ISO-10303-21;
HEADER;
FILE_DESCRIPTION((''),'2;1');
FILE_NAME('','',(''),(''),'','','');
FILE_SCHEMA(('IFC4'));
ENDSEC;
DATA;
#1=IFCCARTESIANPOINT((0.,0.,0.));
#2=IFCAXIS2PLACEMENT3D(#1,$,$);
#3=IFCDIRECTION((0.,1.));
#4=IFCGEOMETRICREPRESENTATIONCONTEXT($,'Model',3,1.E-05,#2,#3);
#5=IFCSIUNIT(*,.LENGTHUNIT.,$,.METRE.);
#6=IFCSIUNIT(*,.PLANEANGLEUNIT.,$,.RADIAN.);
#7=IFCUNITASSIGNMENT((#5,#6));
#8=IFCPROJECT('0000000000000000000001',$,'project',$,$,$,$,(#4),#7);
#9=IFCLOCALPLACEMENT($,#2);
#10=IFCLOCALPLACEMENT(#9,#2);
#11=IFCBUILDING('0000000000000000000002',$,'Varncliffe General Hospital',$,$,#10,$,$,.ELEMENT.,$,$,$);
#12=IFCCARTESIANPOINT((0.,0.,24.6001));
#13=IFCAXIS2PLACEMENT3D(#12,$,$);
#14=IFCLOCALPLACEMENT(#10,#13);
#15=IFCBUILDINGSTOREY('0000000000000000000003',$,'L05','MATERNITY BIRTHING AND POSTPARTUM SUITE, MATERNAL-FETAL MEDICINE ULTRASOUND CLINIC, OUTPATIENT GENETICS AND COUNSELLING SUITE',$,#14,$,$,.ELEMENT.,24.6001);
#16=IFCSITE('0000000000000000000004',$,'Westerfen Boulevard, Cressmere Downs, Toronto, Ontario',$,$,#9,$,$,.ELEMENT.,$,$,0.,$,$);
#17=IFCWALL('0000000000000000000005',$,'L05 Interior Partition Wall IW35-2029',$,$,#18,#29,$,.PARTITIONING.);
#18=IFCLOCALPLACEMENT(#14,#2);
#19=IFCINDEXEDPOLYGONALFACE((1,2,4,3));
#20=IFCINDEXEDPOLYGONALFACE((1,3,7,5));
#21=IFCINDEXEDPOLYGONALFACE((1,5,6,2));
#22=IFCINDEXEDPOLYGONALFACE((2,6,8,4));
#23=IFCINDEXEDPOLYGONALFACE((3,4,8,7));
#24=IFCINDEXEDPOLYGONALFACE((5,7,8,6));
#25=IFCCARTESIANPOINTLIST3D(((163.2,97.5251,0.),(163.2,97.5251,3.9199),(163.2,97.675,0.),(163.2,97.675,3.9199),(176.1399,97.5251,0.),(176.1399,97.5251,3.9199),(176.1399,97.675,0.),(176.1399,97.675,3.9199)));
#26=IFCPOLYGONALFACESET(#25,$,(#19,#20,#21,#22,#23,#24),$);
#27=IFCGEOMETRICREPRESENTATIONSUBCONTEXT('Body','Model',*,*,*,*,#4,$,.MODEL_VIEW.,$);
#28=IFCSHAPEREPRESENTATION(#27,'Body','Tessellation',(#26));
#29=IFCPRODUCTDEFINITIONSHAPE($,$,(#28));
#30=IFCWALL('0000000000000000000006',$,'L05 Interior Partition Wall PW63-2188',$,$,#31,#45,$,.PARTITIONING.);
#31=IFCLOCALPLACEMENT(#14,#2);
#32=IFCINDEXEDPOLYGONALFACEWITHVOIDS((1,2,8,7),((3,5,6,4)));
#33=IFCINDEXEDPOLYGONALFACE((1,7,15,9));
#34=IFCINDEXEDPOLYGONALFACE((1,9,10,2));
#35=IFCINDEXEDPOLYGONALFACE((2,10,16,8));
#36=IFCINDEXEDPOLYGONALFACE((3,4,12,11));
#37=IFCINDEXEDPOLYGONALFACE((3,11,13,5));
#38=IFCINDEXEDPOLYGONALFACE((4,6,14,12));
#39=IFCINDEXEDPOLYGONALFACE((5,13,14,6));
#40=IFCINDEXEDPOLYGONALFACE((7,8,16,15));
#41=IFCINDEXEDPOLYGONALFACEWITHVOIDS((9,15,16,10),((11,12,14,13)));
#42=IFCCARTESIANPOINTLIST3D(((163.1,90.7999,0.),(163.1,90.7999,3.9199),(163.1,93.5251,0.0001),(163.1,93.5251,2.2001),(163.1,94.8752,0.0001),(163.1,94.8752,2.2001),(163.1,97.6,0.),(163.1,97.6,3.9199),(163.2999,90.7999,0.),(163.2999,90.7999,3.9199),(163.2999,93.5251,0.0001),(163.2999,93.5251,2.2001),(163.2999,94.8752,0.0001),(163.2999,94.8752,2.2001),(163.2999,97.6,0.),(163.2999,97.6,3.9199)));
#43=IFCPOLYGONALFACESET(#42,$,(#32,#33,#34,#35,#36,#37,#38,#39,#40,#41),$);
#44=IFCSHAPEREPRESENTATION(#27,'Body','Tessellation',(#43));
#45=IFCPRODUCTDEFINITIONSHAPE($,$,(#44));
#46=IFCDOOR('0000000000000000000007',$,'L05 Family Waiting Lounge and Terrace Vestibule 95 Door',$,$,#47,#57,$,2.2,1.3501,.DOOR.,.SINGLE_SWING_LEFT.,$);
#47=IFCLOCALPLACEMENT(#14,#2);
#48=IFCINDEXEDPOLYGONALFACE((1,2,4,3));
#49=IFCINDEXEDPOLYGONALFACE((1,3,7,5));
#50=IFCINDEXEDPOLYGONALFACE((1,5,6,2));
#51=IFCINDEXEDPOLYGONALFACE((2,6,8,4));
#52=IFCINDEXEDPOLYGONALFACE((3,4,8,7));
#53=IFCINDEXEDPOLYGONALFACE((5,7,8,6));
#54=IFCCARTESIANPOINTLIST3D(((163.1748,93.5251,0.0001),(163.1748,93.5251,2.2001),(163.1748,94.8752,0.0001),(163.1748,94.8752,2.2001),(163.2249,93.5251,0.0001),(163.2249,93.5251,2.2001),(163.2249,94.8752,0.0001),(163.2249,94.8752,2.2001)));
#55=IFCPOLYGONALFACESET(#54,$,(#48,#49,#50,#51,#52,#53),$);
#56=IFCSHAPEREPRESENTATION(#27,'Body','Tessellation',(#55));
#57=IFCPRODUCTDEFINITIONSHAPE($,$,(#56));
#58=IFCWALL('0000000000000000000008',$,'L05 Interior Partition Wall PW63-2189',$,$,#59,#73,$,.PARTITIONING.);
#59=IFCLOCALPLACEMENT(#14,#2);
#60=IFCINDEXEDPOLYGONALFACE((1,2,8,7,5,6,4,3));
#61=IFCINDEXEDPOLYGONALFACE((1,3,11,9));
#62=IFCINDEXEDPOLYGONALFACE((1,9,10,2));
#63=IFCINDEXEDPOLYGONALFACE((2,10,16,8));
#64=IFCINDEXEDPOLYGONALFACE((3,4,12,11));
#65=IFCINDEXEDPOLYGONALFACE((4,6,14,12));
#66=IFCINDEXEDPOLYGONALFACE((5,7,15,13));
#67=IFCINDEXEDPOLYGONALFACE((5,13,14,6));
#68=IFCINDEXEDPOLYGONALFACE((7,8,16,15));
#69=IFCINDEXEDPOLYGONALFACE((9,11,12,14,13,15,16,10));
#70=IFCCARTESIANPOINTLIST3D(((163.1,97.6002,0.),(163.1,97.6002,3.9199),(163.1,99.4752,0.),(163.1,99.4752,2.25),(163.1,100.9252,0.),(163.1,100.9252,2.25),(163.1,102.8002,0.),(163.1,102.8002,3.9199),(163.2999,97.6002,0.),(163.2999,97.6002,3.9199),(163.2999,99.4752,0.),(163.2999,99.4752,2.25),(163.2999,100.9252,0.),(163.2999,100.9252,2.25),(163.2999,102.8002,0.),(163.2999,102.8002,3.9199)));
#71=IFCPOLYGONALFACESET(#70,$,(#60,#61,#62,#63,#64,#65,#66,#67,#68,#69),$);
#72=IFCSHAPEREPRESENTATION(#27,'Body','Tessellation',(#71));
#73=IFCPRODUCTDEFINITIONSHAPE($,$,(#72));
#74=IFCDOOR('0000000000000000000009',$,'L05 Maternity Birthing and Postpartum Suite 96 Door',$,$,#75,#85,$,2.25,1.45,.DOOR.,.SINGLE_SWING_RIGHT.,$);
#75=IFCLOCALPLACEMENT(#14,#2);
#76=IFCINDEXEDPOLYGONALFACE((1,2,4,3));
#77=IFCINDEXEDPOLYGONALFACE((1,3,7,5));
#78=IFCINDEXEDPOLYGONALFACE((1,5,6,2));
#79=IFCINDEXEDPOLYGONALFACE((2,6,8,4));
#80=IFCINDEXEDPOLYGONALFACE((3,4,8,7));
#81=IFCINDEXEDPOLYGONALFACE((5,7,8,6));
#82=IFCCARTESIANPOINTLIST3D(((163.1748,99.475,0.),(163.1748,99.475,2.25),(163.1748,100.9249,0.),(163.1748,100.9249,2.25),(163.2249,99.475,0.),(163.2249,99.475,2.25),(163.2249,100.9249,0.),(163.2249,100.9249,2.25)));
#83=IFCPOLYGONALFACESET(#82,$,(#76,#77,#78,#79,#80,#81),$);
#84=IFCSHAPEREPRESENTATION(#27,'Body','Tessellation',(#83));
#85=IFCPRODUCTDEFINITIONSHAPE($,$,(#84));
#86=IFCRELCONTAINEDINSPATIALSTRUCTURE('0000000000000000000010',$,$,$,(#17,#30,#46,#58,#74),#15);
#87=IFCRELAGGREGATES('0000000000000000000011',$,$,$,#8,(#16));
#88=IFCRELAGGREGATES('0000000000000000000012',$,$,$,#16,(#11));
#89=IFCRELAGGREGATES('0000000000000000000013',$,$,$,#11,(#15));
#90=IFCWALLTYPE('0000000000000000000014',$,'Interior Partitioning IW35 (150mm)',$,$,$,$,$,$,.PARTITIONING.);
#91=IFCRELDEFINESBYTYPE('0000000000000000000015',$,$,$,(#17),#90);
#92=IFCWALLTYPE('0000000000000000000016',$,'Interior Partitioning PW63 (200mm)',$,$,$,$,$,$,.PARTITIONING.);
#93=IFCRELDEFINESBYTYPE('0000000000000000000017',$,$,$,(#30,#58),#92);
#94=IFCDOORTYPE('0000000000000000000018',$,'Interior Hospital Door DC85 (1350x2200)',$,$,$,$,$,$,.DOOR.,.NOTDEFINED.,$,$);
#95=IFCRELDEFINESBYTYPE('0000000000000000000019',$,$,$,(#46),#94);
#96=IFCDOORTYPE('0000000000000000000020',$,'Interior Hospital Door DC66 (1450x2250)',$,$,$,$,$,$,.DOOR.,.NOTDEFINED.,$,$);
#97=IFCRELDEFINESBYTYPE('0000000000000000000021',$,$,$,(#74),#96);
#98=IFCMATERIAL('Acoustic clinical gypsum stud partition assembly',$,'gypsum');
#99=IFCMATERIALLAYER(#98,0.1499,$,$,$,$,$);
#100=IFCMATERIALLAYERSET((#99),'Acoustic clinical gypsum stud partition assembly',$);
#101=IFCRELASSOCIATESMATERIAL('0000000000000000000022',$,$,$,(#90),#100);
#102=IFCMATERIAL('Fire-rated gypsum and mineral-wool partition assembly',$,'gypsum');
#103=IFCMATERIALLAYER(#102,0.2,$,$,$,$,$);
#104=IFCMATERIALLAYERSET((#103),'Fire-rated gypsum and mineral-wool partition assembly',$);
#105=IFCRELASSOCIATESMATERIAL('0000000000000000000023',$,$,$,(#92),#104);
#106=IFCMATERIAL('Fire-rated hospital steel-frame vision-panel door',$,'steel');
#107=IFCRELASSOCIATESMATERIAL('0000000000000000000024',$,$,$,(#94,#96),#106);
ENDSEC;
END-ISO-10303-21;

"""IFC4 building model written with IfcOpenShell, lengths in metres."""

from ifc_helpers import new_model, si_unit, direction, frame, frame_2d, origin, place, context, subcontext, project, spatial, rectangle, extrude, material, layer, layer_set, type_object, element, fill, save


model = new_model("IFC4")

# Units and contexts
model_context = context("Model", 3, precision=1e-05, world=origin(), true_north=direction((0.0, 1.0)))
body_context = subcontext(model_context, "Body", "Model", "MODEL_VIEW")
ifc_project = project(units=[si_unit("LENGTHUNIT", "METRE"), si_unit("PLANEANGLEUNIT", "RADIAN")], contexts=[model_context])

# Site, building, storey
site_placement = place(None, origin())
site = spatial("IfcSite", under=ifc_project, at=site_placement, Name="Westerfen Boulevard, Cressmere Downs, Toronto, Ontario", CompositionType="ELEMENT", RefElevation=0.0)
building_placement = place(site_placement, origin())
building = spatial("IfcBuilding", under=site, at=building_placement, Name="Varncliffe General Hospital", CompositionType="ELEMENT")
storey_placement = place(building_placement, frame((0.0, 0.0, 24.6001)))
storey = spatial("IfcBuildingStorey", under=building, at=storey_placement, Name="L05", Description="MATERNITY BIRTHING AND POSTPARTUM SUITE, MATERNAL-FETAL MEDICINE ULTRASOUND CLINIC, OUTPATIENT GENETICS AND COUNSELLING SUITE", CompositionType="ELEMENT", Elevation=24.6001)

# Wall
ifc_material_1 = material(Name="Acoustic clinical gypsum stud partition assembly", Category="gypsum")
ifc_layer_1 = layer(ifc_material_1, 0.1499)
ifc_layer_set_1 = layer_set([ifc_layer_1], Name="Acoustic clinical gypsum stud partition assembly")
wall_type_1 = type_object("IfcWallType", Name="Interior Partitioning IW35 (150mm)", PredefinedType="PARTITIONING", material=ifc_layer_set_1)
wall_1_placement = place(storey_placement, frame((163.2, 97.6001, 0.0), z_axis=(0.0, 0.0, 1.0), x_axis=(1.0, 0.0, 0.0)))
element("IfcWall", 1, at=wall_1_placement, inside=storey, type_object=wall_type_1, Name="L05 Interior Partition Wall IW35-2029", PredefinedType="PARTITIONING", context=body_context, shape_type="SweptSolid", body=[
    extrude(rectangle(XDim=12.9399, YDim=0.1499, at=frame_2d((6.47, 0.0))), origin(), (0.0, 0.0, 1.0), 3.9199),
])

# Walls, openings, doors
ifc_material_2 = material(Name="Fire-rated gypsum and mineral-wool partition assembly", Category="gypsum")
ifc_layer_2 = layer(ifc_material_2, 0.2)
ifc_layer_set_2 = layer_set([ifc_layer_2], Name="Fire-rated gypsum and mineral-wool partition assembly")
wall_type_2 = type_object("IfcWallType", Name="Interior Partitioning PW63 (200mm)", PredefinedType="PARTITIONING", material=ifc_layer_set_2)
ifc_material_3 = material(Name="Fire-rated hospital steel-frame vision-panel door", Category="steel")
wall_2_placement = place(storey_placement, frame((163.2, 90.8, 0.0), z_axis=(0.0, 0.0, 1.0), x_axis=(0.0, 1.0, 0.0)))
wall_2 = element("IfcWall", 2, at=wall_2_placement, inside=storey, type_object=wall_type_2, Name="L05 Interior Partition Wall PW63-2188", PredefinedType="PARTITIONING", context=body_context, shape_type="SweptSolid", body=[
    extrude(rectangle(XDim=6.8, YDim=0.2, at=frame_2d((3.3999, 0.0))), origin(), (0.0, 0.0, 1.0), 3.9199),
])
opening_1_placement = place(wall_2_placement, frame((2.7251, 0.0, 0.0)))
opening_1 = element("IfcOpeningElement", 3, at=opening_1_placement, cuts=wall_2, PredefinedType="OPENING", context=body_context, shape_type="SweptSolid", body=[
    extrude(rectangle(XDim=1.3501, YDim=2.2, at=frame_2d((0.675, 1.1001))), frame((0.0, 0.1099, 0.0), z_axis=(0.0, -1.0, 0.0), x_axis=(1.0, 0.0, 0.0)), (0.0, 0.0, 1.0), 0.22),
])
door_type_1 = type_object("IfcDoorType", Name="Interior Hospital Door DC85 (1350x2200)", OperationType="NOTDEFINED", PredefinedType="DOOR", material=ifc_material_3)
door_1_placement = place(opening_1_placement, frame((1.3501, 0.0, 0.0), z_axis=(0.0, 0.0, 1.0), x_axis=(-1.0, 0.0, 0.0)))
door_1 = element("IfcDoor", 4, at=door_1_placement, inside=storey, type_object=door_type_1, Name="L05 Family Waiting Lounge and Terrace Vestibule 95 Door", OperationType="SINGLE_SWING_LEFT", OverallHeight=2.2, OverallWidth=1.3501, PredefinedType="DOOR", context=body_context, shape_type="SweptSolid", body=[
    extrude(rectangle(XDim=1.3501, YDim=2.2, at=frame_2d((0.675, 1.1001))), frame((0.0, 0.0249, 0.0), z_axis=(0.0, -1.0, 0.0), x_axis=(1.0, 0.0, 0.0)), (0.0, 0.0, 1.0), 0.05),
])
fill(opening_1, door_1)
wall_3_placement = place(storey_placement, frame((163.2, 97.6001, 0.0), z_axis=(0.0, 0.0, 1.0), x_axis=(0.0, 1.0, 0.0)))
wall_3 = element("IfcWall", 5, at=wall_3_placement, inside=storey, type_object=wall_type_2, Name="L05 Interior Partition Wall PW63-2189", PredefinedType="PARTITIONING", context=body_context, shape_type="SweptSolid", body=[
    extrude(rectangle(XDim=5.2, YDim=0.2, at=frame_2d((2.6001, 0.0))), origin(), (0.0, 0.0, 1.0), 3.9199),
])
opening_2_placement = place(wall_3_placement, frame((1.875, 0.0, 0.0)))
opening_2 = element("IfcOpeningElement", 6, at=opening_2_placement, cuts=wall_3, PredefinedType="OPENING", context=body_context, shape_type="SweptSolid", body=[
    extrude(rectangle(XDim=1.45, YDim=2.25, at=frame_2d((0.7251, 1.125))), frame((0.0, 0.1099, 0.0), z_axis=(0.0, -1.0, 0.0), x_axis=(1.0, 0.0, 0.0)), (0.0, 0.0, 1.0), 0.22),
])
door_type_2 = type_object("IfcDoorType", Name="Interior Hospital Door DC66 (1450x2250)", OperationType="NOTDEFINED", PredefinedType="DOOR", material=ifc_material_3)
door_2_placement = place(opening_2_placement, frame((1.45, 0.0, 0.0), z_axis=(0.0, 0.0, 1.0), x_axis=(-1.0, 0.0, 0.0)))
door_2 = element("IfcDoor", 7, at=door_2_placement, inside=storey, type_object=door_type_2, Name="L05 Maternity Birthing and Postpartum Suite 96 Door", OperationType="SINGLE_SWING_RIGHT", OverallHeight=2.25, OverallWidth=1.45, PredefinedType="DOOR", context=body_context, shape_type="SweptSolid", body=[
    extrude(rectangle(XDim=1.45, YDim=2.25, at=frame_2d((0.7251, 1.125))), frame((0.0, 0.0249, 0.0), z_axis=(0.0, -1.0, 0.0), x_axis=(1.0, 0.0, 0.0)), (0.0, 0.0, 1.0), 0.05),
])
fill(opening_2, door_2)

save(model, "model.ifc")
